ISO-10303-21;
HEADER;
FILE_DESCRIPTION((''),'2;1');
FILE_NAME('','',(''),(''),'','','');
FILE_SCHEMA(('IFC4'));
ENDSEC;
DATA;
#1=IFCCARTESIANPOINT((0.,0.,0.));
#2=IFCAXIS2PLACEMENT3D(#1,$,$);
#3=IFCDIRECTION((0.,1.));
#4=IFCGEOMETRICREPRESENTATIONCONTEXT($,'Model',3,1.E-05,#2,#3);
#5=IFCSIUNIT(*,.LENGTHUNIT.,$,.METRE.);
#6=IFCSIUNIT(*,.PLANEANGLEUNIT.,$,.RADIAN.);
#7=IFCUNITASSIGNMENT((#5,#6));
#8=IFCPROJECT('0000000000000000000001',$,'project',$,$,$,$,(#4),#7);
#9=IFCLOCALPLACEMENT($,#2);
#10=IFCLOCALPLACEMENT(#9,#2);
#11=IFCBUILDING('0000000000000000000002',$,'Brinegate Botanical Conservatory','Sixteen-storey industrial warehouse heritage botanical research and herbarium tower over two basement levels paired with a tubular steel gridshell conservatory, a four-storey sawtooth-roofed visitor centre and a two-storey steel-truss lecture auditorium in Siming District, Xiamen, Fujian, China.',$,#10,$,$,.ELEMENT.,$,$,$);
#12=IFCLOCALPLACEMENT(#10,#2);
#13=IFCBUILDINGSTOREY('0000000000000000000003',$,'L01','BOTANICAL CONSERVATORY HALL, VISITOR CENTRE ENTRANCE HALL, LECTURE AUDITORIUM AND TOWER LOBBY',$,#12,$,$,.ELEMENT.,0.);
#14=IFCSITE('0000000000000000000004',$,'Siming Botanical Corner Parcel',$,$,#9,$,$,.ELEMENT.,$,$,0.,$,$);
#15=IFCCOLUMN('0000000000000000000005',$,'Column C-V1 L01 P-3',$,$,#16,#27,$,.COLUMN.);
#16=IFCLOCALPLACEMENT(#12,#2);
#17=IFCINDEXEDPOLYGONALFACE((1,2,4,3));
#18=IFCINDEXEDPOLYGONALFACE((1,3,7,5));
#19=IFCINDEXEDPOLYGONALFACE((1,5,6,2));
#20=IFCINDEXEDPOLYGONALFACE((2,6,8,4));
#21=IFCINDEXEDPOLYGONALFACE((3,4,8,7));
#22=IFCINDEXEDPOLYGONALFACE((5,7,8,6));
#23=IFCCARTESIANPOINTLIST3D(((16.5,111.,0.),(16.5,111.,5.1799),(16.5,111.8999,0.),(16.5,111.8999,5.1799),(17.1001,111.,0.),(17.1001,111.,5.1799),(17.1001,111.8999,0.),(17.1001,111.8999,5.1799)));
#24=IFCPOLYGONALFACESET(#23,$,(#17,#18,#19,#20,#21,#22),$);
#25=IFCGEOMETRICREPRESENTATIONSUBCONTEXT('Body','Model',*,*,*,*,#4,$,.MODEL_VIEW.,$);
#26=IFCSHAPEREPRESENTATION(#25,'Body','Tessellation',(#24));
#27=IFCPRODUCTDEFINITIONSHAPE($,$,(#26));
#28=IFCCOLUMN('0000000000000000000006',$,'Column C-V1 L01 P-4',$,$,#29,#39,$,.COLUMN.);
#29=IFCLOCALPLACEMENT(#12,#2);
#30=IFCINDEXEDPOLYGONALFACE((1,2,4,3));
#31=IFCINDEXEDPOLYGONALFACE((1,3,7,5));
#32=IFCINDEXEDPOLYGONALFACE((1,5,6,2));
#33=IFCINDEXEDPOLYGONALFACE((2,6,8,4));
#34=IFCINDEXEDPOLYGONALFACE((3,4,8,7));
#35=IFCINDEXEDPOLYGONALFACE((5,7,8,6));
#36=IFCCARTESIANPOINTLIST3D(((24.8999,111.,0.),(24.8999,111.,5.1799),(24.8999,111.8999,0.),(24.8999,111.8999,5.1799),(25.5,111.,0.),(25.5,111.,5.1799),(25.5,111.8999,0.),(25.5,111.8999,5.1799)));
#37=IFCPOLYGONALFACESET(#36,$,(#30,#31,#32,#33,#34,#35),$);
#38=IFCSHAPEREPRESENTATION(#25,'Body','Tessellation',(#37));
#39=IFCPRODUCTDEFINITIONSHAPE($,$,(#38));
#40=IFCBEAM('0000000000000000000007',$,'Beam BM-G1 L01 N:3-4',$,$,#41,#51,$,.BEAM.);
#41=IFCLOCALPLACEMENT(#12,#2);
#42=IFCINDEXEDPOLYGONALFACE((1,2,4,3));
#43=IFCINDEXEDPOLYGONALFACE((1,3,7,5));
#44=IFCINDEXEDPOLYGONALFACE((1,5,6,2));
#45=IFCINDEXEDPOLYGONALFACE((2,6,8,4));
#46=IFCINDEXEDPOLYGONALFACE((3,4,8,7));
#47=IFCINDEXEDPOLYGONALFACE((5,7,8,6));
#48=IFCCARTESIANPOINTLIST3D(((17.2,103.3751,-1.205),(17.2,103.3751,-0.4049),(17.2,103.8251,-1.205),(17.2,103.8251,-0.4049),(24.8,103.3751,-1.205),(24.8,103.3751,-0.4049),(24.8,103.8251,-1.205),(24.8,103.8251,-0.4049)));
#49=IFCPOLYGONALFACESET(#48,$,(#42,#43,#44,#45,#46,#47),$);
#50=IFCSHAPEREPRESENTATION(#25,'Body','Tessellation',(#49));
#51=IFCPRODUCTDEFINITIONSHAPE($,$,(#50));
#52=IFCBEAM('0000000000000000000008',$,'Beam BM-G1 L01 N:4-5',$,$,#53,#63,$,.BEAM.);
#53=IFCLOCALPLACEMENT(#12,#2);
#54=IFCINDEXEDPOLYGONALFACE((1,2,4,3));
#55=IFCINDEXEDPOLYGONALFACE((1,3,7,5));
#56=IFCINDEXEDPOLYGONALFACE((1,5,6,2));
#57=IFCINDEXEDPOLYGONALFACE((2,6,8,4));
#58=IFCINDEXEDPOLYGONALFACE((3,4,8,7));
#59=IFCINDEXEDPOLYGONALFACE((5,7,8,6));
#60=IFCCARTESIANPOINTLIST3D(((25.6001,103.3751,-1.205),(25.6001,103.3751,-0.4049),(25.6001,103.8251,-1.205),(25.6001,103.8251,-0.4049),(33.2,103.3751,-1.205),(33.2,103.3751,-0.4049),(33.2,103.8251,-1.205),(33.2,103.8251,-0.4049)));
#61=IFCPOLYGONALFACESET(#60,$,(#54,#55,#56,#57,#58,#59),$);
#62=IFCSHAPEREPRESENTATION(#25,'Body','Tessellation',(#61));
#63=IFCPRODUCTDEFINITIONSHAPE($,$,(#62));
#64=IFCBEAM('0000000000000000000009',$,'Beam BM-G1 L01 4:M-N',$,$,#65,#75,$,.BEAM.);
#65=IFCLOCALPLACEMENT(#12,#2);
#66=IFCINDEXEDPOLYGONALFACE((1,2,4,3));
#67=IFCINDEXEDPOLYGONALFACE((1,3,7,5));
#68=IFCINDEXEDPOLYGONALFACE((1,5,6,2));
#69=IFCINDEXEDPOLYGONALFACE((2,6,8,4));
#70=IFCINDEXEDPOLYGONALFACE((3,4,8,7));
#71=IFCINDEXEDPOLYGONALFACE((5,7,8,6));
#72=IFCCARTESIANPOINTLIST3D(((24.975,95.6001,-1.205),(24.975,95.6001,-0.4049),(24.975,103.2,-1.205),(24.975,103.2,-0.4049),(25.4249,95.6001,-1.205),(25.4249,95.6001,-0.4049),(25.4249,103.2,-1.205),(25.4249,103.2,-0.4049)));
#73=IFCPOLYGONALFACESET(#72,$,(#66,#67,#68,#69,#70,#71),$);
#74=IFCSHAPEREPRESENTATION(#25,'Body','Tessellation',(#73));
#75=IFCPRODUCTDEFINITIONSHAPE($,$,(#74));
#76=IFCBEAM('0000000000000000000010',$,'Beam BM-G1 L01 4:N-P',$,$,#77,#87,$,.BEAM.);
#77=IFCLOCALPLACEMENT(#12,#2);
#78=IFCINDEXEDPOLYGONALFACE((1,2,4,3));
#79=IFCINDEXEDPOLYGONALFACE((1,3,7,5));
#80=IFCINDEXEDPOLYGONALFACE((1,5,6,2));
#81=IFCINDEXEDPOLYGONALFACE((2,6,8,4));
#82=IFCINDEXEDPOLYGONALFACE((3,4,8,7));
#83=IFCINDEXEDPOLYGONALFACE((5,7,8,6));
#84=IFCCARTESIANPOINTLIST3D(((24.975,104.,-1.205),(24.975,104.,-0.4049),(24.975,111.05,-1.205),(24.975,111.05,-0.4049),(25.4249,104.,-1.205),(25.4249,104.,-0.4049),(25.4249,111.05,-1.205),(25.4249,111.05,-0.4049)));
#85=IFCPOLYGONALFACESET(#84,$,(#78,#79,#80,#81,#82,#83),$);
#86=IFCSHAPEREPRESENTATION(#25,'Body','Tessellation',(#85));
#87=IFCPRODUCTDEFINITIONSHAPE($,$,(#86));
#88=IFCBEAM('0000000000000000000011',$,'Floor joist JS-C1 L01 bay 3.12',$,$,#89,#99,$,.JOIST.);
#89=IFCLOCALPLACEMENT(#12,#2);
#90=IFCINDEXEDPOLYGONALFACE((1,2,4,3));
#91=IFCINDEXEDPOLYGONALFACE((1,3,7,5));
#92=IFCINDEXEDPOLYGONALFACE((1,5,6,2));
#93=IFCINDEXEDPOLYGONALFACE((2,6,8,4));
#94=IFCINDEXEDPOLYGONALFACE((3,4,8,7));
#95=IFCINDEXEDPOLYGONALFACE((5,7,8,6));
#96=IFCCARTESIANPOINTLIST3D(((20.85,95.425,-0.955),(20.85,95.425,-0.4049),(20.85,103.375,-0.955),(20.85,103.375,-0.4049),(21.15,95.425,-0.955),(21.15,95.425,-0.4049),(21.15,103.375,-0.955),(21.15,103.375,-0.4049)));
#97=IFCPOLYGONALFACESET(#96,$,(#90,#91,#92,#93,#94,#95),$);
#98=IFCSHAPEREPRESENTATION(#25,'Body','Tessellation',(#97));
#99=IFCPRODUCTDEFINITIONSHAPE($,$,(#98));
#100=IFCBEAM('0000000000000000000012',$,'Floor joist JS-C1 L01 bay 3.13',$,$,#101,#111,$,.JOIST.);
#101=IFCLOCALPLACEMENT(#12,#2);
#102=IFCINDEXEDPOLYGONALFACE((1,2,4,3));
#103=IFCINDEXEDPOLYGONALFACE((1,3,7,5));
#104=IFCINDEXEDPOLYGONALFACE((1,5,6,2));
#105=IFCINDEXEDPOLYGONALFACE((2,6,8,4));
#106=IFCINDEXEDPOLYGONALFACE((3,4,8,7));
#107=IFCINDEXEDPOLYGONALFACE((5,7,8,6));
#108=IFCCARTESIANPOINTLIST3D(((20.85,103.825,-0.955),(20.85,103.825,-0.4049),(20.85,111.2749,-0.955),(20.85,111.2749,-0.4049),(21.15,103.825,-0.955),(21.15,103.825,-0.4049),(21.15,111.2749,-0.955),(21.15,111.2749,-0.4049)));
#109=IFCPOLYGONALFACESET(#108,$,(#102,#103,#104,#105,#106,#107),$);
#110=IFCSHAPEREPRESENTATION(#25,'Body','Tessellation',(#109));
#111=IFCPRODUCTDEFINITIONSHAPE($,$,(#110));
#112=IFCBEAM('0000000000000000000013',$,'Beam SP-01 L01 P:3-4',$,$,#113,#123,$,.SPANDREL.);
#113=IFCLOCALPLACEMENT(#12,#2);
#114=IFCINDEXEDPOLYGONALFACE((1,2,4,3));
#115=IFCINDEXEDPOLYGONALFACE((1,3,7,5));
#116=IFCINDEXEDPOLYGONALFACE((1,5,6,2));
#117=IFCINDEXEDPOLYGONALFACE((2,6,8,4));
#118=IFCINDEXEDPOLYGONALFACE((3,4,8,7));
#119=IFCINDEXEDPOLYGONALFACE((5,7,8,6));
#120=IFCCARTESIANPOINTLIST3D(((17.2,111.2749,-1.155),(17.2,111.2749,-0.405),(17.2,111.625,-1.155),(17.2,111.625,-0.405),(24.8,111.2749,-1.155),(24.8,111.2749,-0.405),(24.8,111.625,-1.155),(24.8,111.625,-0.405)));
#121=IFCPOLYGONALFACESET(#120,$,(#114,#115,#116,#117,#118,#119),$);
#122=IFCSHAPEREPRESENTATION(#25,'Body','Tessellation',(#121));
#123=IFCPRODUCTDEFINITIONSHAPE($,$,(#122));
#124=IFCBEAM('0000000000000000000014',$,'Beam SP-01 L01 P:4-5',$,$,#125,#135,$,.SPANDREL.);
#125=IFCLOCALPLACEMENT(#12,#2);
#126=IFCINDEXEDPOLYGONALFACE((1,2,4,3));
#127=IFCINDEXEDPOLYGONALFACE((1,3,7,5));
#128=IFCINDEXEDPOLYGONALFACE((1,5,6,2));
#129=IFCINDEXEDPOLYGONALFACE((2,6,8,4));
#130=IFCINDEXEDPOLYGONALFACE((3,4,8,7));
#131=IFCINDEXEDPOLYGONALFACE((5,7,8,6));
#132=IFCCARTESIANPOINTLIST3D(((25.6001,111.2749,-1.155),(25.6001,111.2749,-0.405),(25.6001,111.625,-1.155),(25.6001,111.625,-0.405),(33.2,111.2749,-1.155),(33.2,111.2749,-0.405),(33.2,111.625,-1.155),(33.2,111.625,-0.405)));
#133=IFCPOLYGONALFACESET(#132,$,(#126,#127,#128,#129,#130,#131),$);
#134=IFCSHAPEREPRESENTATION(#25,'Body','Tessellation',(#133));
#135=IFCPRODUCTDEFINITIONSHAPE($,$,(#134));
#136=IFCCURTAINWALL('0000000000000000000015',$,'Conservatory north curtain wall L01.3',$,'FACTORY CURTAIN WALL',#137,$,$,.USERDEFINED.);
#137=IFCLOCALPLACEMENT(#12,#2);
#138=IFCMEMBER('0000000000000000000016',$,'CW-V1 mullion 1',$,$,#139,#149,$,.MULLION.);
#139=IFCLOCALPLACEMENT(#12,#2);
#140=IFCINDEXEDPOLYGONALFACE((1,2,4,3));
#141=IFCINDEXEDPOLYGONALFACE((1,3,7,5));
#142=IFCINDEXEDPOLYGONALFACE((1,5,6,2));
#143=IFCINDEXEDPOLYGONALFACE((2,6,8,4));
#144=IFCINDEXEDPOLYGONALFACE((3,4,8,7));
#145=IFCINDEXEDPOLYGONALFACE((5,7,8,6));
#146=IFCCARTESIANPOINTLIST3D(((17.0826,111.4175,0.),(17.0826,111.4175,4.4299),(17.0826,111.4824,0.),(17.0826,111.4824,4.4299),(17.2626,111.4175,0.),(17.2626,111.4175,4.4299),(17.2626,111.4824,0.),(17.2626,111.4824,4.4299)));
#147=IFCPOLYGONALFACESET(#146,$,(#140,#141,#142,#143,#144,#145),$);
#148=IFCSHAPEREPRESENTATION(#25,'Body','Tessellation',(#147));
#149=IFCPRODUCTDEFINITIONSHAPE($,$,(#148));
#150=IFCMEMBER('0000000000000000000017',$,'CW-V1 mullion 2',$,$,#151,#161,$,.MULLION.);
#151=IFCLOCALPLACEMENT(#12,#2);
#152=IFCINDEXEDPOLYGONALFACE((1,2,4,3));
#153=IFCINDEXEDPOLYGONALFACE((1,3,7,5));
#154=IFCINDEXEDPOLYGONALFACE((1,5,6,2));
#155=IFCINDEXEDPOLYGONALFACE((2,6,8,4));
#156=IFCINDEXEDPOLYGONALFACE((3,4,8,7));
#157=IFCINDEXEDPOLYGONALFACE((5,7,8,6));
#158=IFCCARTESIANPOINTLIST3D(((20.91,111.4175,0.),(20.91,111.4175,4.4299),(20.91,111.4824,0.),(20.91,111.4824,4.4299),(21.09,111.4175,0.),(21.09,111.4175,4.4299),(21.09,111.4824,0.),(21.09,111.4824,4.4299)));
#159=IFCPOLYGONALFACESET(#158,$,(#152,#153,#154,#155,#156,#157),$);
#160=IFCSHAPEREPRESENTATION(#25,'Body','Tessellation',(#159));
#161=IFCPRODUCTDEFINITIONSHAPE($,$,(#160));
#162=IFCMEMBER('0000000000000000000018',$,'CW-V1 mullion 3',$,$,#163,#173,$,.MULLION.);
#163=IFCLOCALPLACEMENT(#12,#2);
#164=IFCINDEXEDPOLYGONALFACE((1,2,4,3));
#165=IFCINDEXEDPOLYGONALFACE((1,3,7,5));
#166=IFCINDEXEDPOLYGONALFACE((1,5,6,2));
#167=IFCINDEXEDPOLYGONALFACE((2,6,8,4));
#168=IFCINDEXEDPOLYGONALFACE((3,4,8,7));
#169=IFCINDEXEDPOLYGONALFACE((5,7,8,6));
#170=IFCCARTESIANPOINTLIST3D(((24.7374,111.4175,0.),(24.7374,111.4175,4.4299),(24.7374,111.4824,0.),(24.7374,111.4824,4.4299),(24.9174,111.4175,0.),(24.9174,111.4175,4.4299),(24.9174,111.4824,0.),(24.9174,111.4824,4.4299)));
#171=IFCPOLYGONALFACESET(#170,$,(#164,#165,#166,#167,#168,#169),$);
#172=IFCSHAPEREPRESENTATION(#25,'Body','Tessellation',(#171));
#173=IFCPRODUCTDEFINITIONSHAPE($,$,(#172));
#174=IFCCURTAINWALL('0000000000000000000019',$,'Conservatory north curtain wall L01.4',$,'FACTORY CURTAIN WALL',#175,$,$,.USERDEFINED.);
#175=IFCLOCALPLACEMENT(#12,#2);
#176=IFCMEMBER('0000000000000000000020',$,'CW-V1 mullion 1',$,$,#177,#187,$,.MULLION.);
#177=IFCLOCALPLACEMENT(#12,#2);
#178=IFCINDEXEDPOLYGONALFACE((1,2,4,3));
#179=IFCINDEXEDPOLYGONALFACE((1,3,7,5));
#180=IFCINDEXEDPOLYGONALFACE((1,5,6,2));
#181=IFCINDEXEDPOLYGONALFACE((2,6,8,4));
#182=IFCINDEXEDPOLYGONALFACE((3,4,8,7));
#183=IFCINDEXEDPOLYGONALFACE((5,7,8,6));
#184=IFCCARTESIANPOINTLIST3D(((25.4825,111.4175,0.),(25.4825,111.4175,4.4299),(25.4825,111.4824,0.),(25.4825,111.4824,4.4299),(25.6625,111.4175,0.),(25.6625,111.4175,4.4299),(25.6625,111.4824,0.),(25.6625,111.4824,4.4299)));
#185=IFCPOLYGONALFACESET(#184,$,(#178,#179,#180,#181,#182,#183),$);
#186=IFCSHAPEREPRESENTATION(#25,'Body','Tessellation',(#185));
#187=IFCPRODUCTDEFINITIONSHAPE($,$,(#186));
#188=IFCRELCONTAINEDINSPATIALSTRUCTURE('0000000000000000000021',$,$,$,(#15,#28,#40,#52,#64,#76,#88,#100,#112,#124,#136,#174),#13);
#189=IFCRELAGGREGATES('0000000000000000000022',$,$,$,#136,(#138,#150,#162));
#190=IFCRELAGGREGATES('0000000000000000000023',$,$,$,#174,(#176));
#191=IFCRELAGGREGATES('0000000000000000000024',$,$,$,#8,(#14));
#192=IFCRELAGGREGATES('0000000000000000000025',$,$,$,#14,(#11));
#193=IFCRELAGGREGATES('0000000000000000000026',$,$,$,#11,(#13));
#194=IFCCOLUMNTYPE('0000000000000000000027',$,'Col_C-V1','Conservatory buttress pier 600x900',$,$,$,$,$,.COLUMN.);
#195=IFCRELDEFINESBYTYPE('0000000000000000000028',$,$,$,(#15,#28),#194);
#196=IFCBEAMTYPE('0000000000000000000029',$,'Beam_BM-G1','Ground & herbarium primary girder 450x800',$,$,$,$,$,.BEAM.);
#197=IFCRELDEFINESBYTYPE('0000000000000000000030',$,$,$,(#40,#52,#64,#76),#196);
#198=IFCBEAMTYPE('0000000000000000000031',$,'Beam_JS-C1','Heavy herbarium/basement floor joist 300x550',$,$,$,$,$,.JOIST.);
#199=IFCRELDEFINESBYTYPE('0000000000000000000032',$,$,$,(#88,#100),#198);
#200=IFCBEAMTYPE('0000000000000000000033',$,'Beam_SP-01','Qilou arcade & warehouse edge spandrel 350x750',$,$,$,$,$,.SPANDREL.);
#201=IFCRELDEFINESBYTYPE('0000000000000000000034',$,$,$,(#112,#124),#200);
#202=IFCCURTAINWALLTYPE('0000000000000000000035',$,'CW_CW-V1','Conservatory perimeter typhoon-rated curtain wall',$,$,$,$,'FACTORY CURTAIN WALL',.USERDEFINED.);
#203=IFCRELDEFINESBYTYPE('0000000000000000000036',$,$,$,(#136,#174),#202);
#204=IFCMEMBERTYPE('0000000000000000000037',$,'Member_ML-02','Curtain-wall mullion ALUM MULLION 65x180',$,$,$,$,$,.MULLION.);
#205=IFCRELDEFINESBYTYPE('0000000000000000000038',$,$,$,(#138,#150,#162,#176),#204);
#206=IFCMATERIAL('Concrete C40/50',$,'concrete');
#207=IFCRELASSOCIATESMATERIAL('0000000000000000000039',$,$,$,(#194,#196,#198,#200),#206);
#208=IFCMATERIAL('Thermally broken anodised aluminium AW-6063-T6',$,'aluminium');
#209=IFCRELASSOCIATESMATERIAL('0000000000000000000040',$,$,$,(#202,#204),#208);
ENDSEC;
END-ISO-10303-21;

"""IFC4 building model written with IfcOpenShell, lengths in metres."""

from ifc_helpers import new_model, si_unit, direction, frame, origin, origin_2d, place, context, subcontext, project, spatial, rectangle, extrude, material, material_profile, profile_set, type_object, element, aggregate, save


model = new_model("IFC4")

# Units and contexts
model_context = context("Model", 3, precision=1e-05, world=origin(), true_north=direction((0.0, 1.0)))
body_context = subcontext(model_context, "Body", "Model", "MODEL_VIEW")
ifc_project = project(units=[si_unit("LENGTHUNIT", "METRE"), si_unit("PLANEANGLEUNIT", "RADIAN")], contexts=[model_context])

# Site, building, storey
site_placement = place(None, origin())
site = spatial("IfcSite", under=ifc_project, at=site_placement, Name="Siming Botanical Corner Parcel", CompositionType="ELEMENT", RefElevation=0.0)
building_placement = place(site_placement, origin())
building = spatial("IfcBuilding", under=site, at=building_placement, Name="Brinegate Botanical Conservatory", Description="Sixteen-storey industrial warehouse heritage botanical research and herbarium tower over two basement levels paired with a tubular steel gridshell conservatory, a four-storey sawtooth-roofed visitor centre and a two-storey steel-truss lecture auditorium in Siming District, Xiamen, Fujian, China.", CompositionType="ELEMENT")
storey_placement = place(building_placement, origin())
storey = spatial("IfcBuildingStorey", under=building, at=storey_placement, Name="L01", Description="BOTANICAL CONSERVATORY HALL, VISITOR CENTRE ENTRANCE HALL, LECTURE AUDITORIUM AND TOWER LOBBY", CompositionType="ELEMENT", Elevation=0.0)

# Columns
ifc_material_1 = material(Name="Concrete C40/50", Category="concrete")
ifc_material_profile_1 = material_profile(ifc_material_1, rectangle(XDim=0.6001, YDim=0.8999, at=origin_2d()), Name="RC PIER 600x900")
ifc_profile_set_1 = profile_set([ifc_material_profile_1], Name="Concrete C40/50")
column_type = type_object("IfcColumnType", Name="Col_C-V1", Description="Conservatory buttress pier 600x900", PredefinedType="COLUMN", material=ifc_profile_set_1)
for number, where, z_axis, x_axis, name in (
    (1, (16.8, 111.45, 0.0), (0.0, 0.0, 1.0), (1.0, 0.0, 0.0), "Column C-V1 L01 P-3"),
    (2, (25.2, 111.45, 0.0), (0.0, 0.0, 1.0), (1.0, 0.0, 0.0), "Column C-V1 L01 P-4"),
):
    element("IfcColumn", number, at=place(storey_placement, frame(where, z_axis=z_axis, x_axis=x_axis)), inside=storey, type_object=column_type, Name=name, PredefinedType="COLUMN", context=body_context, shape_type="SweptSolid", body=[
        extrude(rectangle(XDim=0.6001, YDim=0.8999, at=origin_2d()), origin(), (0.0, 0.0, 1.0), 5.1799),
    ])

# Beams
ifc_material_profile_2 = material_profile(ifc_material_1, rectangle(XDim=0.45, YDim=0.8, at=origin_2d()), Name="RC BM 450x800")
ifc_profile_set_2 = profile_set([ifc_material_profile_2], Name="Concrete C40/50")
beam_type_1 = type_object("IfcBeamType", Name="Beam_BM-G1", Description="Ground & herbarium primary girder 450x800", PredefinedType="BEAM", material=ifc_profile_set_2)
beam_1_placement = place(storey_placement, frame((17.2, 103.6001, -0.8049), z_axis=(1.0, 0.0, 0.0), x_axis=(0.0, 1.0, 0.0)))
element("IfcBeam", 3, at=beam_1_placement, inside=storey, type_object=beam_type_1, Name="Beam BM-G1 L01 N:3-4", PredefinedType="BEAM", context=body_context, shape_type="SweptSolid", body=[
    extrude(rectangle(XDim=0.45, YDim=0.8, at=origin_2d()), origin(), (0.0, 0.0, 1.0), 7.6001),
])
for number, where, z_axis, x_axis, name in (
    (4, (25.6001, 103.6001, -0.8049), (1.0, 0.0, 0.0), (0.0, 1.0, 0.0), "Beam BM-G1 L01 N:4-5"),
    (5, (25.2, 95.6001, -0.8049), (0.0, 1.0, 0.0), (-1.0, 0.0, 0.0), "Beam BM-G1 L01 4:M-N"),
):
    element("IfcBeam", number, at=place(storey_placement, frame(where, z_axis=z_axis, x_axis=x_axis)), inside=storey, type_object=beam_type_1, Name=name, PredefinedType="BEAM", context=body_context, shape_type="SweptSolid", body=[
        extrude(rectangle(XDim=0.45, YDim=0.8, at=origin_2d()), origin(), (0.0, 0.0, 1.0), 7.5999),
    ])
beam_2_placement = place(storey_placement, frame((25.2, 104.0, -0.8049), z_axis=(0.0, 1.0, 0.0), x_axis=(-1.0, 0.0, 0.0)))
element("IfcBeam", 6, at=beam_2_placement, inside=storey, type_object=beam_type_1, Name="Beam BM-G1 L01 4:N-P", PredefinedType="BEAM", context=body_context, shape_type="SweptSolid", body=[
    extrude(rectangle(XDim=0.45, YDim=0.8, at=origin_2d()), origin(), (0.0, 0.0, 1.0), 7.05),
])
ifc_material_profile_3 = material_profile(ifc_material_1, rectangle(XDim=0.3, YDim=0.55, at=origin_2d()), Name="RC JST 300x550")
ifc_profile_set_3 = profile_set([ifc_material_profile_3], Name="Concrete C40/50")
beam_type_2 = type_object("IfcBeamType", Name="Beam_JS-C1", Description="Heavy herbarium/basement floor joist 300x550", PredefinedType="JOIST", material=ifc_profile_set_3)
beam_3_placement = place(storey_placement, frame((21.0, 95.425, -0.6799), z_axis=(0.0, 1.0, 0.0), x_axis=(-1.0, 0.0, 0.0)))
element("IfcBeam", 7, at=beam_3_placement, inside=storey, type_object=beam_type_2, Name="Floor joist JS-C1 L01 bay 3.12", PredefinedType="JOIST", context=body_context, shape_type="SweptSolid", body=[
    extrude(rectangle(XDim=0.3, YDim=0.55, at=origin_2d()), origin(), (0.0, 0.0, 1.0), 7.95),
])
beam_4_placement = place(storey_placement, frame((21.0, 103.825, -0.6799), z_axis=(0.0, 1.0, 0.0), x_axis=(-1.0, 0.0, 0.0)))
element("IfcBeam", 8, at=beam_4_placement, inside=storey, type_object=beam_type_2, Name="Floor joist JS-C1 L01 bay 3.13", PredefinedType="JOIST", context=body_context, shape_type="SweptSolid", body=[
    extrude(rectangle(XDim=0.3, YDim=0.55, at=origin_2d()), origin(), (0.0, 0.0, 1.0), 7.45),
])
ifc_material_profile_4 = material_profile(ifc_material_1, rectangle(XDim=0.3501, YDim=0.75, at=origin_2d()), Name="RC SPN 350x750")
ifc_profile_set_4 = profile_set([ifc_material_profile_4], Name="Concrete C40/50")
beam_type_3 = type_object("IfcBeamType", Name="Beam_SP-01", Description="Qilou arcade & warehouse edge spandrel 350x750", PredefinedType="SPANDREL", material=ifc_profile_set_4)
beam_5_placement = place(storey_placement, frame((17.2, 111.45, -0.78), z_axis=(1.0, 0.0, 0.0), x_axis=(0.0, 1.0, 0.0)))
element("IfcBeam", 9, at=beam_5_placement, inside=storey, type_object=beam_type_3, Name="Beam SP-01 L01 P:3-4", PredefinedType="SPANDREL", context=body_context, shape_type="SweptSolid", body=[
    extrude(rectangle(XDim=0.3501, YDim=0.75, at=origin_2d()), origin(), (0.0, 0.0, 1.0), 7.6001),
])
beam_6_placement = place(storey_placement, frame((25.6001, 111.45, -0.78), z_axis=(1.0, 0.0, 0.0), x_axis=(0.0, 1.0, 0.0)))
element("IfcBeam", 10, at=beam_6_placement, inside=storey, type_object=beam_type_3, Name="Beam SP-01 L01 P:4-5", PredefinedType="SPANDREL", context=body_context, shape_type="SweptSolid", body=[
    extrude(rectangle(XDim=0.3501, YDim=0.75, at=origin_2d()), origin(), (0.0, 0.0, 1.0), 7.5999),
])

# Curtain wall, members
ifc_material_2 = material(Name="Thermally broken anodised aluminium AW-6063-T6", Category="aluminium")
curtain_wall_type = type_object("IfcCurtainWallType", Name="CW_CW-V1", Description="Conservatory perimeter typhoon-rated curtain wall", ElementType="FACTORY CURTAIN WALL", PredefinedType="USERDEFINED", material=ifc_material_2)
curtain_wall_1_placement = place(storey_placement, origin())
curtain_wall_1 = element("IfcCurtainWall", 11, at=curtain_wall_1_placement, inside=storey, type_object=curtain_wall_type, Name="Conservatory north curtain wall L01.3", ObjectType="FACTORY CURTAIN WALL", PredefinedType="USERDEFINED")
ifc_material_profile_5 = material_profile(ifc_material_2, rectangle(XDim=0.0649, YDim=0.1799, at=origin_2d()), Name="ALUM MULLION 65x180")
ifc_profile_set_5 = profile_set([ifc_material_profile_5], Name="Thermally broken anodised aluminium AW-6063-T6")
member_type_1 = type_object("IfcMemberType", Name="Member_ML-02", Description="Curtain-wall mullion ALUM MULLION 65x180", PredefinedType="MULLION", material=ifc_profile_set_5)
member_1_placement = place(storey_placement, frame((17.1726, 111.45, 0.0), z_axis=(0.0, 0.0, 1.0), x_axis=(0.0, 1.0, 0.0)))
member_1 = element("IfcMember", 12, at=member_1_placement, type_object=member_type_1, Name="CW-V1 mullion 1", PredefinedType="MULLION", context=body_context, shape_type="SweptSolid", body=[
    extrude(rectangle(XDim=0.0649, YDim=0.1799, at=origin_2d()), origin(), (0.0, 0.0, 1.0), 4.4299),
])
member_2_placement = place(storey_placement, frame((21.0, 111.45, 0.0), z_axis=(0.0, 0.0, 1.0), x_axis=(0.0, 1.0, 0.0)))
member_2 = element("IfcMember", 13, at=member_2_placement, type_object=member_type_1, Name="CW-V1 mullion 2", PredefinedType="MULLION", context=body_context, shape_type="SweptSolid", body=[
    extrude(rectangle(XDim=0.0649, YDim=0.1799, at=origin_2d()), origin(), (0.0, 0.0, 1.0), 4.4299),
])
member_3_placement = place(storey_placement, frame((24.8274, 111.45, 0.0), z_axis=(0.0, 0.0, 1.0), x_axis=(0.0, 1.0, 0.0)))
member_3 = element("IfcMember", 14, at=member_3_placement, type_object=member_type_1, Name="CW-V1 mullion 3", PredefinedType="MULLION", context=body_context, shape_type="SweptSolid", body=[
    extrude(rectangle(XDim=0.0649, YDim=0.1799, at=origin_2d()), origin(), (0.0, 0.0, 1.0), 4.4299),
])

# Curtain wall, member
curtain_wall_2_placement = place(storey_placement, origin())
curtain_wall_2 = element("IfcCurtainWall", 15, at=curtain_wall_2_placement, inside=storey, type_object=curtain_wall_type, Name="Conservatory north curtain wall L01.4", ObjectType="FACTORY CURTAIN WALL", PredefinedType="USERDEFINED")
member_4_placement = place(storey_placement, frame((25.5725, 111.45, 0.0), z_axis=(0.0, 0.0, 1.0), x_axis=(0.0, 1.0, 0.0)))
member_4 = element("IfcMember", 16, at=member_4_placement, type_object=member_type_1, Name="CW-V1 mullion 1", PredefinedType="MULLION", context=body_context, shape_type="SweptSolid", body=[
    extrude(rectangle(XDim=0.0649, YDim=0.1799, at=origin_2d()), origin(), (0.0, 0.0, 1.0), 4.4299),
])

aggregate(curtain_wall_1, [member_1, member_2, member_3])
aggregate(curtain_wall_2, [member_4])

save(model, "model.ifc")
